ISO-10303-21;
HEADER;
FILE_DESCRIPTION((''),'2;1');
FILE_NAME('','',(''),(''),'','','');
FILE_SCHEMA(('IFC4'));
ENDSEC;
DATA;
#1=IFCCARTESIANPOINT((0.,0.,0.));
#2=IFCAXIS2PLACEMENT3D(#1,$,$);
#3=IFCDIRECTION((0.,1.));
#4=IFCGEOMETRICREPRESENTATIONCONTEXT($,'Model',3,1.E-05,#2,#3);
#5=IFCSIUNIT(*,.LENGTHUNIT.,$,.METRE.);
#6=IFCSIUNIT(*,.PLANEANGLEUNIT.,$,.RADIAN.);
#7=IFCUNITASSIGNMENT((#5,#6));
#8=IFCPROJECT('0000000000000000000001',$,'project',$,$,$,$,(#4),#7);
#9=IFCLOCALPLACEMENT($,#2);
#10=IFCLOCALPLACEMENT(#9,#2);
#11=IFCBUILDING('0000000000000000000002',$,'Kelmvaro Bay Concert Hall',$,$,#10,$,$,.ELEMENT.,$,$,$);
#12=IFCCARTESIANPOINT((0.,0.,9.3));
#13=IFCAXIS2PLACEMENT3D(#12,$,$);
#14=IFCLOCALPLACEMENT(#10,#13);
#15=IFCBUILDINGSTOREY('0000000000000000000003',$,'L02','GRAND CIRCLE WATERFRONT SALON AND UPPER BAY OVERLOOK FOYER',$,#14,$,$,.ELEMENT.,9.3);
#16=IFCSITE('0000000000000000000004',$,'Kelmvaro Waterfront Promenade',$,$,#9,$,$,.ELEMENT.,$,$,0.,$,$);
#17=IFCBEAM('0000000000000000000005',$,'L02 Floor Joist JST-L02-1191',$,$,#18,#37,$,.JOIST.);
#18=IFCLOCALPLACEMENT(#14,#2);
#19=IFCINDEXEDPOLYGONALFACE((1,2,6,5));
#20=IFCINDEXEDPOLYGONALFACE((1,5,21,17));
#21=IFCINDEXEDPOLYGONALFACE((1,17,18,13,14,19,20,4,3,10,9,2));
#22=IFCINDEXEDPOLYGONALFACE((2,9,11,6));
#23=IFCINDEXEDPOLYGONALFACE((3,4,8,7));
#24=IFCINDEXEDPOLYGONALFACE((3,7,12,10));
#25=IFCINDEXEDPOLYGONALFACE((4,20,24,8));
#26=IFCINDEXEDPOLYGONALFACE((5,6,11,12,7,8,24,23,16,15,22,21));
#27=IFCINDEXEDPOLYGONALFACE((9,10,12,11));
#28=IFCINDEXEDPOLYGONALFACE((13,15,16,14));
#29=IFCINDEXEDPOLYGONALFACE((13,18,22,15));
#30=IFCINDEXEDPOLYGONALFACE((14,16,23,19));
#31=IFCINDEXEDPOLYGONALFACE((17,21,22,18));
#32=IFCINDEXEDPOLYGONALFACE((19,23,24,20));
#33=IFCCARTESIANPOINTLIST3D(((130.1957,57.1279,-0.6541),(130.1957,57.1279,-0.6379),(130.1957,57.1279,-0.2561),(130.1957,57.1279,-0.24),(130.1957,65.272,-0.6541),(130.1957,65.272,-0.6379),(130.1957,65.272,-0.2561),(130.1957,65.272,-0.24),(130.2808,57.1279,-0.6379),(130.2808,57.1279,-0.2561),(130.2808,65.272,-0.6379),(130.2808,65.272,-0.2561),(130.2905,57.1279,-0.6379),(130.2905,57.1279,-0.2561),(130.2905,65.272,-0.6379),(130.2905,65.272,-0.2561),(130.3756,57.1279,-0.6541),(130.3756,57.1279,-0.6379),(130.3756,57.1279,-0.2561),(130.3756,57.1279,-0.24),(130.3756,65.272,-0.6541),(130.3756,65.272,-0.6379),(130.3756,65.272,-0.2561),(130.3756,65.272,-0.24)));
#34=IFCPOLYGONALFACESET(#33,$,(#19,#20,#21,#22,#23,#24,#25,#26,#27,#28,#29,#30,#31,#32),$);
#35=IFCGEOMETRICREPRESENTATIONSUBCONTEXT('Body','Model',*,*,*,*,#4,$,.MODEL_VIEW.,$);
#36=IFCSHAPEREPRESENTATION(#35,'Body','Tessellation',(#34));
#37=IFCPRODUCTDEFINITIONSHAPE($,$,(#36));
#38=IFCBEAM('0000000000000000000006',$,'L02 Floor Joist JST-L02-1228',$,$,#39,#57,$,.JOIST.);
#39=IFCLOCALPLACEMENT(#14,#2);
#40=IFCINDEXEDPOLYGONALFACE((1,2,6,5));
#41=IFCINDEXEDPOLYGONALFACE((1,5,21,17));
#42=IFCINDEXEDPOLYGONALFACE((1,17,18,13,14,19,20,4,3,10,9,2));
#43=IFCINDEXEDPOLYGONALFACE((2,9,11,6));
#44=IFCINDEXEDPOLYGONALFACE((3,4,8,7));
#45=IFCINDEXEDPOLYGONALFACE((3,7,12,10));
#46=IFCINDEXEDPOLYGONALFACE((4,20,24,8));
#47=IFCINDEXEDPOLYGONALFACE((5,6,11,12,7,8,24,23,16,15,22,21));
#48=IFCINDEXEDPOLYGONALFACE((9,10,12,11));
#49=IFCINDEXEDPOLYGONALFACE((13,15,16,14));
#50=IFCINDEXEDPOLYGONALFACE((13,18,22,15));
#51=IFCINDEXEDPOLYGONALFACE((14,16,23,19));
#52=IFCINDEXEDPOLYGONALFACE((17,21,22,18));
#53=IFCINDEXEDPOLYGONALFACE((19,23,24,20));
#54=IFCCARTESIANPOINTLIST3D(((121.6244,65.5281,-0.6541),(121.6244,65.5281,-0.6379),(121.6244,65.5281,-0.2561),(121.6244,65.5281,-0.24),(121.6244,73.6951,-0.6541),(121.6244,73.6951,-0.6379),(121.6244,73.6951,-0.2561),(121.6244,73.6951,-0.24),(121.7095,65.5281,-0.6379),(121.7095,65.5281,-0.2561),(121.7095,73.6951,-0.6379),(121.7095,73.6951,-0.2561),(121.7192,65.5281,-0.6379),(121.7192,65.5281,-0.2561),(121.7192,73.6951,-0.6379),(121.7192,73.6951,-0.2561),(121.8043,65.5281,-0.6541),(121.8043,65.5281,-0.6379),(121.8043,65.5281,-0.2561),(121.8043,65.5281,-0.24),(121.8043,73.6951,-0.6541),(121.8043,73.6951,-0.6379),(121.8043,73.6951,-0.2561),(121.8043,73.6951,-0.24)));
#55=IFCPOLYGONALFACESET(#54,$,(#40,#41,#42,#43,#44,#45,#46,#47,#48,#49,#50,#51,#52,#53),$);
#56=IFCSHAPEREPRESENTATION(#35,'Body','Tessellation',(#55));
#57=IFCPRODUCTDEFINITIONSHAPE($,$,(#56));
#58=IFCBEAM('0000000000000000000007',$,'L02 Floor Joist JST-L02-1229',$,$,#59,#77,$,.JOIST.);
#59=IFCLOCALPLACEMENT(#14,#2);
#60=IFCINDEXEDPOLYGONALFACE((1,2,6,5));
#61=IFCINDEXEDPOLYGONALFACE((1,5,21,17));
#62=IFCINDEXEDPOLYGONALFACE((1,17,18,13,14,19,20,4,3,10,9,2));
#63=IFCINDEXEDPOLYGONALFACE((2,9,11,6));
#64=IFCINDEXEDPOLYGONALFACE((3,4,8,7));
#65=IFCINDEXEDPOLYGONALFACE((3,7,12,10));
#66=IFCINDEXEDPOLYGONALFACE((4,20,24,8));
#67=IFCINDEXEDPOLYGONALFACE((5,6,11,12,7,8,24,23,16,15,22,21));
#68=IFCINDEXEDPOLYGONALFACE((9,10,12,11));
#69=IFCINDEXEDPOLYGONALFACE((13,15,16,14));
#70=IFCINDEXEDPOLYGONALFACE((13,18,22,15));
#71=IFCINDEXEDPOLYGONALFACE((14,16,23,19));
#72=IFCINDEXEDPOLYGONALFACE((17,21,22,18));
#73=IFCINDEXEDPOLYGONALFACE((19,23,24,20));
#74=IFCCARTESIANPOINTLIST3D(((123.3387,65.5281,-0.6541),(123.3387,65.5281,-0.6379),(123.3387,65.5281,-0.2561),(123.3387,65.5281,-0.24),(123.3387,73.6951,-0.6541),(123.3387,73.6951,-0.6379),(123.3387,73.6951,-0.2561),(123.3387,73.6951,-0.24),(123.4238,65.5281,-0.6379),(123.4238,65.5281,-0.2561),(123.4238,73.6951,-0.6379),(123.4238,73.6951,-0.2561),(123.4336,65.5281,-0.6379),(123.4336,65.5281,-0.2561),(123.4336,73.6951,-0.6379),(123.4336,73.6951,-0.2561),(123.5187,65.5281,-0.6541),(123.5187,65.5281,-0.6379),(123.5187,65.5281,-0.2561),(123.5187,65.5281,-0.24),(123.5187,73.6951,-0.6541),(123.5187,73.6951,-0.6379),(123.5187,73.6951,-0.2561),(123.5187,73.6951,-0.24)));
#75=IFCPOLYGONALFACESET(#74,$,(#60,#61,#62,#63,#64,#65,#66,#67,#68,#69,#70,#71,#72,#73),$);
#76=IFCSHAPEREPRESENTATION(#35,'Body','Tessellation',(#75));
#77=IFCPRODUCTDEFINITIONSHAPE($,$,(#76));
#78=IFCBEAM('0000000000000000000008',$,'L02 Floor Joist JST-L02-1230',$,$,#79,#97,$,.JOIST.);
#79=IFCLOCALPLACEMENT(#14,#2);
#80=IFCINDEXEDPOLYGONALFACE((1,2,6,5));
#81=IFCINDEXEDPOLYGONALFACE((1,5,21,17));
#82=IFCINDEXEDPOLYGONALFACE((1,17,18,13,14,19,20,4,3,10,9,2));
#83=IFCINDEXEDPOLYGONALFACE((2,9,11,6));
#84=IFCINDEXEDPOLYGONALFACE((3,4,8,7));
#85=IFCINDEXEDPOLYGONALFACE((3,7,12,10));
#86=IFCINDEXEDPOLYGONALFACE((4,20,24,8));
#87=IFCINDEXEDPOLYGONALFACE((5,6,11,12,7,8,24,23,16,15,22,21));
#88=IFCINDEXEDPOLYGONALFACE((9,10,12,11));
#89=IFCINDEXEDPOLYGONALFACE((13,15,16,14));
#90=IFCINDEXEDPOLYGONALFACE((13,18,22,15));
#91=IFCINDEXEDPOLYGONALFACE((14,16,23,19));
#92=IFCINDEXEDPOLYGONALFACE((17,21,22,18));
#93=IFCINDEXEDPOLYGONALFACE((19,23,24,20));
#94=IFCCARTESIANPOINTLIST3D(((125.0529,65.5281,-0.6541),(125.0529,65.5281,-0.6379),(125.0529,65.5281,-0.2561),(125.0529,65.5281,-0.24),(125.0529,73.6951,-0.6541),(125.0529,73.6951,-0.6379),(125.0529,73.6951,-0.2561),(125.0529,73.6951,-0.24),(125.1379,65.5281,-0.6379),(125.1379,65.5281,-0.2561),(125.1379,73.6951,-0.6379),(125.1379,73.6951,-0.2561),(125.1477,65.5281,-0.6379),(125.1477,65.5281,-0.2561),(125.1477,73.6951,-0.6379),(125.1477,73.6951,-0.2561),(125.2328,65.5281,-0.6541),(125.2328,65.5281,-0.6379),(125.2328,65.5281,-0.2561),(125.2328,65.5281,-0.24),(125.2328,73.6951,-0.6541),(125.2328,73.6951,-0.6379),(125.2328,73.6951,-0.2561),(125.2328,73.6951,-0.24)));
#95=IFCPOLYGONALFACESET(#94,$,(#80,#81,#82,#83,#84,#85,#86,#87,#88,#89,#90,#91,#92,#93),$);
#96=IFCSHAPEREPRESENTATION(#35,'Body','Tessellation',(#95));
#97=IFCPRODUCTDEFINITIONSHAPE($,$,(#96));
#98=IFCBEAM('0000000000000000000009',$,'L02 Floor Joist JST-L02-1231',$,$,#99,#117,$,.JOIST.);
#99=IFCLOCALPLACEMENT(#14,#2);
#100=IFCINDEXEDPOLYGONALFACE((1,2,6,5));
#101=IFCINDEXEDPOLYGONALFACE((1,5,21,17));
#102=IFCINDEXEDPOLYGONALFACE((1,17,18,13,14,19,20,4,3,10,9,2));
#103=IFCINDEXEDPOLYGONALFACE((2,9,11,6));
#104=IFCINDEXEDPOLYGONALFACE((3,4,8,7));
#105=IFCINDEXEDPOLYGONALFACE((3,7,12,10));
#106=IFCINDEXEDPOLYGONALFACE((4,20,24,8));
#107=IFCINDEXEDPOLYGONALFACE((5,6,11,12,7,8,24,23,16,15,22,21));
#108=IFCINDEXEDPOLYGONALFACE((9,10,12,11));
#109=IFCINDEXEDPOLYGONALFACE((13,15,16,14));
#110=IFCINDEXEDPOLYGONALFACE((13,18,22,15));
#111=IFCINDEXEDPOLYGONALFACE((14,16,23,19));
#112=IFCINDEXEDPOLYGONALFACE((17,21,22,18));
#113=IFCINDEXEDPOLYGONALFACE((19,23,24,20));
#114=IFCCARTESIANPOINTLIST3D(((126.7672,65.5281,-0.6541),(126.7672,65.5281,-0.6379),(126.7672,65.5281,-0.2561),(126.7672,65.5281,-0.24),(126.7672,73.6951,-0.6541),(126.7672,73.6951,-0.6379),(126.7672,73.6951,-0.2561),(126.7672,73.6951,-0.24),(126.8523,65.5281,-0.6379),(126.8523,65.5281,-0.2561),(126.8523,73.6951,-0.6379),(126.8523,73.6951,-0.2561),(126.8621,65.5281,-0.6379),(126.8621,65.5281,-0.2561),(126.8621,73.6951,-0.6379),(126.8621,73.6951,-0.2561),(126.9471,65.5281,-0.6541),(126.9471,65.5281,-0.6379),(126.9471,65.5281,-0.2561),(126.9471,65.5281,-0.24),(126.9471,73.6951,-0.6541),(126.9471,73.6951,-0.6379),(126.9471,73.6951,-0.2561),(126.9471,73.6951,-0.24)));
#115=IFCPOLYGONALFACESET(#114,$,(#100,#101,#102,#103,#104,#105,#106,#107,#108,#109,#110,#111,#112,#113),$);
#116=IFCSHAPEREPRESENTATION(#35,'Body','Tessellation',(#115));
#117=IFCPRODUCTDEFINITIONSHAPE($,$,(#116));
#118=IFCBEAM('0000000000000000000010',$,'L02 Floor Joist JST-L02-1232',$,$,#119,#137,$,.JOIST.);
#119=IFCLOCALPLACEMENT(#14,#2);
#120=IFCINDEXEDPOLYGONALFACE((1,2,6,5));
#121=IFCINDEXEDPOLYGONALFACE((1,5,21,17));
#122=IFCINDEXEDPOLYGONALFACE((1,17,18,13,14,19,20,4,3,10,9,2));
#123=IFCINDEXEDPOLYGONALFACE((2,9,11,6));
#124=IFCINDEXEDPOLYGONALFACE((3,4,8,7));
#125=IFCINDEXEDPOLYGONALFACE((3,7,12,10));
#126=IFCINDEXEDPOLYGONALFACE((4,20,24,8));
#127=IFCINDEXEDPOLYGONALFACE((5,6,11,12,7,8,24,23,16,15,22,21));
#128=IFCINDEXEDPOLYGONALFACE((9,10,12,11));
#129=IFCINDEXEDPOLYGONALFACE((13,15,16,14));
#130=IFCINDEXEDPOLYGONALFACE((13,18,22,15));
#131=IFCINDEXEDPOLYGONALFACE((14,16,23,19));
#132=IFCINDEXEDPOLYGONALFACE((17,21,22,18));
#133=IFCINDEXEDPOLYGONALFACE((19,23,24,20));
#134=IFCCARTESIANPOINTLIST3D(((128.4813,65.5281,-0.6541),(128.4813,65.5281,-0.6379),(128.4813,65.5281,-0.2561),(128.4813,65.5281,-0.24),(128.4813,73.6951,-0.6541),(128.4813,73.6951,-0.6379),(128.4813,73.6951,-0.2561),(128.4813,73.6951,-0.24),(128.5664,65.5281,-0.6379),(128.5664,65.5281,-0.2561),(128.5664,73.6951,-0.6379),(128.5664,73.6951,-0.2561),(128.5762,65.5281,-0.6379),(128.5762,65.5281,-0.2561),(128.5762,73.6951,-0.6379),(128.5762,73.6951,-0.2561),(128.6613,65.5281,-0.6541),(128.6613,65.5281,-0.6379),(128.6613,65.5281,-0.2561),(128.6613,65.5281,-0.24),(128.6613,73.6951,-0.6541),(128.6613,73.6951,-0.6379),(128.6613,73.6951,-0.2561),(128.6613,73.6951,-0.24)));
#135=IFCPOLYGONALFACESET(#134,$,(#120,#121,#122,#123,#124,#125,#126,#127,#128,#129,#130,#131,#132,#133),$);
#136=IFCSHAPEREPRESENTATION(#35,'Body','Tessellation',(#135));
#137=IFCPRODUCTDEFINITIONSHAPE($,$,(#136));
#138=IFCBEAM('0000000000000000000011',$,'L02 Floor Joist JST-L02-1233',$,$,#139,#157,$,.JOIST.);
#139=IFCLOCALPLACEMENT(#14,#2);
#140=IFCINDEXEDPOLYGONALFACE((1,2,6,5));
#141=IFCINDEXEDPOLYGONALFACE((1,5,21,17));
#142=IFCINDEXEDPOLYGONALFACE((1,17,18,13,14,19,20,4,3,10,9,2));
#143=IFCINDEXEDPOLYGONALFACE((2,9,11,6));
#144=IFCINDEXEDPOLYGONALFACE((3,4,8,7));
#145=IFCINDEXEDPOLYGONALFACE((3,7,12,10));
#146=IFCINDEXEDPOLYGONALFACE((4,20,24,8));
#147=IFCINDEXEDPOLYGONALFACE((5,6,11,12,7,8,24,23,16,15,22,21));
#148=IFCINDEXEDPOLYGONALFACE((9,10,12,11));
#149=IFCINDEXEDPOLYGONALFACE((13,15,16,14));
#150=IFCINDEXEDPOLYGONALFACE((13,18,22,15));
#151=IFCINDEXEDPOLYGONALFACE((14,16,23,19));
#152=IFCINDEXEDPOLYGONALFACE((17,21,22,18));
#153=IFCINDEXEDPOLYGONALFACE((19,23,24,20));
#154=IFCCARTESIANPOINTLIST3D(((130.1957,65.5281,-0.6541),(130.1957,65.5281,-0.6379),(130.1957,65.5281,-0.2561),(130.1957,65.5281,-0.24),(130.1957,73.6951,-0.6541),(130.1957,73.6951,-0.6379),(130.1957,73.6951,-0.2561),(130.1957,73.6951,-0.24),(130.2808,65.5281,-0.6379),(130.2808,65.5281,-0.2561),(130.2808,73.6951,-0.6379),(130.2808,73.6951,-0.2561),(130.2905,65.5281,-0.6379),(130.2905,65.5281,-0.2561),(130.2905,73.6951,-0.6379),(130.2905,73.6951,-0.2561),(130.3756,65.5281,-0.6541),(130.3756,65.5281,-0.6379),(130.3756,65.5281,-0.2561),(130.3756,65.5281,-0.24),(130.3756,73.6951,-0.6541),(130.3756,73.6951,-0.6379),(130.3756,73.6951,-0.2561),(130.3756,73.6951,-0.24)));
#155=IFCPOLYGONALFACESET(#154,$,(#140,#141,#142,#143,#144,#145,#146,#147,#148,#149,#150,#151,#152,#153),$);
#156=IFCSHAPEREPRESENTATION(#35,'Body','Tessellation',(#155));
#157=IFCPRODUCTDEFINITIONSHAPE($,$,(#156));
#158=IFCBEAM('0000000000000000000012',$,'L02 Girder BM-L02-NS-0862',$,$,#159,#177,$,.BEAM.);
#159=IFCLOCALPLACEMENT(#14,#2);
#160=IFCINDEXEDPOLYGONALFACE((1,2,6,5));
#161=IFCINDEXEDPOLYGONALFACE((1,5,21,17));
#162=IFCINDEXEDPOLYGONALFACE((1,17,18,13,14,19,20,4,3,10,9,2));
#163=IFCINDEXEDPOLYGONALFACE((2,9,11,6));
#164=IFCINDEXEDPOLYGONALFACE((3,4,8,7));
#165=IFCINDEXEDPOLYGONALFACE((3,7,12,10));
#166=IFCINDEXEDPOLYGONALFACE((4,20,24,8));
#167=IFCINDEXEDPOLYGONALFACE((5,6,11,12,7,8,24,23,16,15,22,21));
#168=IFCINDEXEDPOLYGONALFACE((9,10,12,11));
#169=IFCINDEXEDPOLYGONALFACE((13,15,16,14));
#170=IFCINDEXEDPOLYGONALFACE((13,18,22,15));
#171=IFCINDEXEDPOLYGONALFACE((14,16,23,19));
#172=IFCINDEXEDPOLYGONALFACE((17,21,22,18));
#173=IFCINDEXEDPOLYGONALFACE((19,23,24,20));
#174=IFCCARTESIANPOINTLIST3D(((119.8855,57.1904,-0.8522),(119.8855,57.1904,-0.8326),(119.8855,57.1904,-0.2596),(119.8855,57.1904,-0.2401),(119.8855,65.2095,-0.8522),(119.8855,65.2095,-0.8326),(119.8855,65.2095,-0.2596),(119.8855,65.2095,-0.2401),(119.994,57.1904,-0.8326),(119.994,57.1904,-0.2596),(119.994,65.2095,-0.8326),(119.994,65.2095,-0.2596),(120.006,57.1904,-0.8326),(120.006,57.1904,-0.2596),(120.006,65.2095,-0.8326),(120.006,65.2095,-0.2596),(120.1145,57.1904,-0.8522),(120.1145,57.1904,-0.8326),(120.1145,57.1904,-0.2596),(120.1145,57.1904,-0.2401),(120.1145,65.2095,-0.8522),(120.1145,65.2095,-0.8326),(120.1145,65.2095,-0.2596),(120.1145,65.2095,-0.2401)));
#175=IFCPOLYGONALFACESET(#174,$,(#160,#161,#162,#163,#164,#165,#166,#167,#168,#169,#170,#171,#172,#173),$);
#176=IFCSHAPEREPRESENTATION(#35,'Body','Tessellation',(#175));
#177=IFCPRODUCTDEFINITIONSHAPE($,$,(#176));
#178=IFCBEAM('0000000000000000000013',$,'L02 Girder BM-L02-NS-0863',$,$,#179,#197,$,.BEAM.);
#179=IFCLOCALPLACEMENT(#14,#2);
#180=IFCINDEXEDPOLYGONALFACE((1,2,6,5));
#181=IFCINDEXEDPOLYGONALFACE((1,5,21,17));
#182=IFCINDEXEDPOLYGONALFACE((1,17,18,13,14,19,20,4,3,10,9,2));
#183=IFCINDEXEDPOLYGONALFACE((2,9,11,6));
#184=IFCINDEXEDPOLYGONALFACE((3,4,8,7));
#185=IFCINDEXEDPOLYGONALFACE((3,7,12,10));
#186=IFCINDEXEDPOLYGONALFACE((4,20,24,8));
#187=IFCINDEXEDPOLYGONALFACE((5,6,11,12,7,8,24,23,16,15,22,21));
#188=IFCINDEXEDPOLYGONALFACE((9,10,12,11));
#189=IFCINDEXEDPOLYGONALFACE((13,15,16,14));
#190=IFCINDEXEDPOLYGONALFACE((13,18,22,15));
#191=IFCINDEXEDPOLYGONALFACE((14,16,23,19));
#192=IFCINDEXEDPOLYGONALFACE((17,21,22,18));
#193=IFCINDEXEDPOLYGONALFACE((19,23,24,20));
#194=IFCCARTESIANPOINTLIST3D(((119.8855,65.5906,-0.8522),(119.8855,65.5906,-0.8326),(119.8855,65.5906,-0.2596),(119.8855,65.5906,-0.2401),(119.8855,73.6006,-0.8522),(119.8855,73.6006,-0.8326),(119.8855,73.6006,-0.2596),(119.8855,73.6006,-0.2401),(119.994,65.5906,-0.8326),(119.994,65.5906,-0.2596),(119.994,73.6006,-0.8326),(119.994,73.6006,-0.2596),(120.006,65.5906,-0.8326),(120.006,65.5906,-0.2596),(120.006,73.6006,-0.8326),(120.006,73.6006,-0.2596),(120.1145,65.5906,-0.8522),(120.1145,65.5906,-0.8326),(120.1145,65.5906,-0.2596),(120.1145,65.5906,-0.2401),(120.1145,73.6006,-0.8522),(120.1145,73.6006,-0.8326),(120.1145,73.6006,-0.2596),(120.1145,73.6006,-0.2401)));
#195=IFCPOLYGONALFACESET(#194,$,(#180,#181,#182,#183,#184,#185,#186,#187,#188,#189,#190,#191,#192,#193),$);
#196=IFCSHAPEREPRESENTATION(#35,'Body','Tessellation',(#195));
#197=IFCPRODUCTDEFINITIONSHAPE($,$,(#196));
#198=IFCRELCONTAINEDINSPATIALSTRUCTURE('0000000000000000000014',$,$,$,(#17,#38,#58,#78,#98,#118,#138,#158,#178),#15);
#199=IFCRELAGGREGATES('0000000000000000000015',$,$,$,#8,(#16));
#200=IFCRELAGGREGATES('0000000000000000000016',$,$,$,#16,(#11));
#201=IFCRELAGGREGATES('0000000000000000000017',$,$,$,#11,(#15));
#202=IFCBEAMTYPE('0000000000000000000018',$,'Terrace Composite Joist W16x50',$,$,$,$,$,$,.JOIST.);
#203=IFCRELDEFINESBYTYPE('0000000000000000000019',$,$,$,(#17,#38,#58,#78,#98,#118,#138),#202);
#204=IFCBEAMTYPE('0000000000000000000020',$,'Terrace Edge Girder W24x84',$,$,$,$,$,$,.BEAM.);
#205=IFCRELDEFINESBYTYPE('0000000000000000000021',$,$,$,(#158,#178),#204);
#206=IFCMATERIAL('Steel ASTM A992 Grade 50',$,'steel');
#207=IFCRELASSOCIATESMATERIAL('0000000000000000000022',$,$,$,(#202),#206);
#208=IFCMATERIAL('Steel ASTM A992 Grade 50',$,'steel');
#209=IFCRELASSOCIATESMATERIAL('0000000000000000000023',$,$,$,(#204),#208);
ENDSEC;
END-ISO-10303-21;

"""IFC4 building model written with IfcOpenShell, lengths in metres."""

from ifc_helpers import new_model, si_unit, direction, frame, origin, origin_2d, place, context, subcontext, project, spatial, i_section, extrude, material, material_profile, profile_set, type_object, element, save


model = new_model("IFC4")

# Units and contexts
model_context = context("Model", 3, precision=1e-05, world=origin(), true_north=direction((0.0, 1.0)))
body_context = subcontext(model_context, "Body", "Model", "MODEL_VIEW")
ifc_project = project(units=[si_unit("LENGTHUNIT", "METRE"), si_unit("PLANEANGLEUNIT", "RADIAN")], contexts=[model_context])

# Site, building, storey
site_placement = place(None, origin())
site = spatial("IfcSite", under=ifc_project, at=site_placement, Name="Kelmvaro Waterfront Promenade", CompositionType="ELEMENT", RefElevation=0.0)
building_placement = place(site_placement, origin())
building = spatial("IfcBuilding", under=site, at=building_placement, Name="Kelmvaro Bay Concert Hall", CompositionType="ELEMENT")
storey_placement = place(building_placement, frame((0.0, 0.0, 9.3)))
storey = spatial("IfcBuildingStorey", under=building, at=storey_placement, Name="L02", Description="GRAND CIRCLE WATERFRONT SALON AND UPPER BAY OVERLOOK FOYER", CompositionType="ELEMENT", Elevation=9.3)

# Beams
ifc_material_1 = material(Name="Steel ASTM A992 Grade 50", Category="steel")
ifc_material_profile_1 = material_profile(ifc_material_1, i_section(OverallWidth=0.1799, OverallDepth=0.4141, WebThickness=0.0098, FlangeThickness=0.0161, at=origin_2d()), Name="W16X50")
ifc_profile_set_1 = profile_set([ifc_material_profile_1], Name="Steel ASTM A992 Grade 50")
beam_type_1 = type_object("IfcBeamType", Name="Terrace Composite Joist W16x50", PredefinedType="JOIST", material=ifc_profile_set_1)
for number, where, z_axis, x_axis, name in (
    (1, (130.2856, 57.1279, -0.447), (0.0, 1.0, 0.0), (-1.0, 0.0, 0.0), "L02 Floor Joist JST-L02-1191"),
):
    element("IfcBeam", number, at=place(storey_placement, frame(where, z_axis=z_axis, x_axis=x_axis)), inside=storey, type_object=beam_type_1, Name=name, PredefinedType="JOIST", context=body_context, shape_type="SweptSolid", body=[
        extrude(i_section(OverallWidth=0.1799, OverallDepth=0.4141, WebThickness=0.0098, FlangeThickness=0.0161, at=origin_2d()), origin(), (0.0, 0.0, 1.0), 8.144),
    ])
for number, where, z_axis, x_axis, name in (
    (2, (121.7144, 65.5281, -0.447), (0.0, 1.0, 0.0), (-1.0, 0.0, 0.0), "L02 Floor Joist JST-L02-1228"),
    (3, (123.4287, 65.5281, -0.447), (0.0, 1.0, 0.0), (-1.0, 0.0, 0.0), "L02 Floor Joist JST-L02-1229"),
    (4, (125.1428, 65.5281, -0.447), (0.0, 1.0, 0.0), (-1.0, 0.0, 0.0), "L02 Floor Joist JST-L02-1230"),
    (5, (126.8572, 65.5281, -0.447), (0.0, 1.0, 0.0), (-1.0, 0.0, 0.0), "L02 Floor Joist JST-L02-1231"),
    (6, (128.5713, 65.5281, -0.447), (0.0, 1.0, 0.0), (-1.0, 0.0, 0.0), "L02 Floor Joist JST-L02-1232"),
    (7, (130.2856, 65.5281, -0.447), (0.0, 1.0, 0.0), (-1.0, 0.0, 0.0), "L02 Floor Joist JST-L02-1233"),
):
    element("IfcBeam", number, at=place(storey_placement, frame(where, z_axis=z_axis, x_axis=x_axis)), inside=storey, type_object=beam_type_1, Name=name, PredefinedType="JOIST", context=body_context, shape_type="SweptSolid", body=[
        extrude(i_section(OverallWidth=0.1799, OverallDepth=0.4141, WebThickness=0.0098, FlangeThickness=0.0161, at=origin_2d()), origin(), (0.0, 0.0, 1.0), 8.167),
    ])
ifc_material_2 = material(Name="Steel ASTM A992 Grade 50", Category="steel")
ifc_material_profile_2 = material_profile(ifc_material_2, i_section(OverallWidth=0.229, OverallDepth=0.6121, WebThickness=0.012, FlangeThickness=0.0195, at=origin_2d()), Name="W24X84")
ifc_profile_set_2 = profile_set([ifc_material_profile_2], Name="Steel ASTM A992 Grade 50")
beam_type_2 = type_object("IfcBeamType", Name="Terrace Edge Girder W24x84", PredefinedType="BEAM", material=ifc_profile_set_2)
beam_1_placement = place(storey_placement, frame((120.0, 57.1904, -0.5461), z_axis=(0.0, 1.0, 0.0), x_axis=(-1.0, 0.0, 0.0)))
element("IfcBeam", 8, at=beam_1_placement, inside=storey, type_object=beam_type_2, Name="L02 Girder BM-L02-NS-0862", PredefinedType="BEAM", context=body_context, shape_type="SweptSolid", body=[
    extrude(i_section(OverallWidth=0.229, OverallDepth=0.6121, WebThickness=0.012, FlangeThickness=0.0195, at=origin_2d()), origin(), (0.0, 0.0, 1.0), 8.019),
])
beam_2_placement = place(storey_placement, frame((120.0, 65.5906, -0.5461), z_axis=(0.0, 1.0, 0.0), x_axis=(-1.0, 0.0, 0.0)))
element("IfcBeam", 9, at=beam_2_placement, inside=storey, type_object=beam_type_2, Name="L02 Girder BM-L02-NS-0863", PredefinedType="BEAM", context=body_context, shape_type="SweptSolid", body=[
    extrude(i_section(OverallWidth=0.229, OverallDepth=0.6121, WebThickness=0.012, FlangeThickness=0.0195, at=origin_2d()), origin(), (0.0, 0.0, 1.0), 8.01),
])

save(model, "model.ifc")
